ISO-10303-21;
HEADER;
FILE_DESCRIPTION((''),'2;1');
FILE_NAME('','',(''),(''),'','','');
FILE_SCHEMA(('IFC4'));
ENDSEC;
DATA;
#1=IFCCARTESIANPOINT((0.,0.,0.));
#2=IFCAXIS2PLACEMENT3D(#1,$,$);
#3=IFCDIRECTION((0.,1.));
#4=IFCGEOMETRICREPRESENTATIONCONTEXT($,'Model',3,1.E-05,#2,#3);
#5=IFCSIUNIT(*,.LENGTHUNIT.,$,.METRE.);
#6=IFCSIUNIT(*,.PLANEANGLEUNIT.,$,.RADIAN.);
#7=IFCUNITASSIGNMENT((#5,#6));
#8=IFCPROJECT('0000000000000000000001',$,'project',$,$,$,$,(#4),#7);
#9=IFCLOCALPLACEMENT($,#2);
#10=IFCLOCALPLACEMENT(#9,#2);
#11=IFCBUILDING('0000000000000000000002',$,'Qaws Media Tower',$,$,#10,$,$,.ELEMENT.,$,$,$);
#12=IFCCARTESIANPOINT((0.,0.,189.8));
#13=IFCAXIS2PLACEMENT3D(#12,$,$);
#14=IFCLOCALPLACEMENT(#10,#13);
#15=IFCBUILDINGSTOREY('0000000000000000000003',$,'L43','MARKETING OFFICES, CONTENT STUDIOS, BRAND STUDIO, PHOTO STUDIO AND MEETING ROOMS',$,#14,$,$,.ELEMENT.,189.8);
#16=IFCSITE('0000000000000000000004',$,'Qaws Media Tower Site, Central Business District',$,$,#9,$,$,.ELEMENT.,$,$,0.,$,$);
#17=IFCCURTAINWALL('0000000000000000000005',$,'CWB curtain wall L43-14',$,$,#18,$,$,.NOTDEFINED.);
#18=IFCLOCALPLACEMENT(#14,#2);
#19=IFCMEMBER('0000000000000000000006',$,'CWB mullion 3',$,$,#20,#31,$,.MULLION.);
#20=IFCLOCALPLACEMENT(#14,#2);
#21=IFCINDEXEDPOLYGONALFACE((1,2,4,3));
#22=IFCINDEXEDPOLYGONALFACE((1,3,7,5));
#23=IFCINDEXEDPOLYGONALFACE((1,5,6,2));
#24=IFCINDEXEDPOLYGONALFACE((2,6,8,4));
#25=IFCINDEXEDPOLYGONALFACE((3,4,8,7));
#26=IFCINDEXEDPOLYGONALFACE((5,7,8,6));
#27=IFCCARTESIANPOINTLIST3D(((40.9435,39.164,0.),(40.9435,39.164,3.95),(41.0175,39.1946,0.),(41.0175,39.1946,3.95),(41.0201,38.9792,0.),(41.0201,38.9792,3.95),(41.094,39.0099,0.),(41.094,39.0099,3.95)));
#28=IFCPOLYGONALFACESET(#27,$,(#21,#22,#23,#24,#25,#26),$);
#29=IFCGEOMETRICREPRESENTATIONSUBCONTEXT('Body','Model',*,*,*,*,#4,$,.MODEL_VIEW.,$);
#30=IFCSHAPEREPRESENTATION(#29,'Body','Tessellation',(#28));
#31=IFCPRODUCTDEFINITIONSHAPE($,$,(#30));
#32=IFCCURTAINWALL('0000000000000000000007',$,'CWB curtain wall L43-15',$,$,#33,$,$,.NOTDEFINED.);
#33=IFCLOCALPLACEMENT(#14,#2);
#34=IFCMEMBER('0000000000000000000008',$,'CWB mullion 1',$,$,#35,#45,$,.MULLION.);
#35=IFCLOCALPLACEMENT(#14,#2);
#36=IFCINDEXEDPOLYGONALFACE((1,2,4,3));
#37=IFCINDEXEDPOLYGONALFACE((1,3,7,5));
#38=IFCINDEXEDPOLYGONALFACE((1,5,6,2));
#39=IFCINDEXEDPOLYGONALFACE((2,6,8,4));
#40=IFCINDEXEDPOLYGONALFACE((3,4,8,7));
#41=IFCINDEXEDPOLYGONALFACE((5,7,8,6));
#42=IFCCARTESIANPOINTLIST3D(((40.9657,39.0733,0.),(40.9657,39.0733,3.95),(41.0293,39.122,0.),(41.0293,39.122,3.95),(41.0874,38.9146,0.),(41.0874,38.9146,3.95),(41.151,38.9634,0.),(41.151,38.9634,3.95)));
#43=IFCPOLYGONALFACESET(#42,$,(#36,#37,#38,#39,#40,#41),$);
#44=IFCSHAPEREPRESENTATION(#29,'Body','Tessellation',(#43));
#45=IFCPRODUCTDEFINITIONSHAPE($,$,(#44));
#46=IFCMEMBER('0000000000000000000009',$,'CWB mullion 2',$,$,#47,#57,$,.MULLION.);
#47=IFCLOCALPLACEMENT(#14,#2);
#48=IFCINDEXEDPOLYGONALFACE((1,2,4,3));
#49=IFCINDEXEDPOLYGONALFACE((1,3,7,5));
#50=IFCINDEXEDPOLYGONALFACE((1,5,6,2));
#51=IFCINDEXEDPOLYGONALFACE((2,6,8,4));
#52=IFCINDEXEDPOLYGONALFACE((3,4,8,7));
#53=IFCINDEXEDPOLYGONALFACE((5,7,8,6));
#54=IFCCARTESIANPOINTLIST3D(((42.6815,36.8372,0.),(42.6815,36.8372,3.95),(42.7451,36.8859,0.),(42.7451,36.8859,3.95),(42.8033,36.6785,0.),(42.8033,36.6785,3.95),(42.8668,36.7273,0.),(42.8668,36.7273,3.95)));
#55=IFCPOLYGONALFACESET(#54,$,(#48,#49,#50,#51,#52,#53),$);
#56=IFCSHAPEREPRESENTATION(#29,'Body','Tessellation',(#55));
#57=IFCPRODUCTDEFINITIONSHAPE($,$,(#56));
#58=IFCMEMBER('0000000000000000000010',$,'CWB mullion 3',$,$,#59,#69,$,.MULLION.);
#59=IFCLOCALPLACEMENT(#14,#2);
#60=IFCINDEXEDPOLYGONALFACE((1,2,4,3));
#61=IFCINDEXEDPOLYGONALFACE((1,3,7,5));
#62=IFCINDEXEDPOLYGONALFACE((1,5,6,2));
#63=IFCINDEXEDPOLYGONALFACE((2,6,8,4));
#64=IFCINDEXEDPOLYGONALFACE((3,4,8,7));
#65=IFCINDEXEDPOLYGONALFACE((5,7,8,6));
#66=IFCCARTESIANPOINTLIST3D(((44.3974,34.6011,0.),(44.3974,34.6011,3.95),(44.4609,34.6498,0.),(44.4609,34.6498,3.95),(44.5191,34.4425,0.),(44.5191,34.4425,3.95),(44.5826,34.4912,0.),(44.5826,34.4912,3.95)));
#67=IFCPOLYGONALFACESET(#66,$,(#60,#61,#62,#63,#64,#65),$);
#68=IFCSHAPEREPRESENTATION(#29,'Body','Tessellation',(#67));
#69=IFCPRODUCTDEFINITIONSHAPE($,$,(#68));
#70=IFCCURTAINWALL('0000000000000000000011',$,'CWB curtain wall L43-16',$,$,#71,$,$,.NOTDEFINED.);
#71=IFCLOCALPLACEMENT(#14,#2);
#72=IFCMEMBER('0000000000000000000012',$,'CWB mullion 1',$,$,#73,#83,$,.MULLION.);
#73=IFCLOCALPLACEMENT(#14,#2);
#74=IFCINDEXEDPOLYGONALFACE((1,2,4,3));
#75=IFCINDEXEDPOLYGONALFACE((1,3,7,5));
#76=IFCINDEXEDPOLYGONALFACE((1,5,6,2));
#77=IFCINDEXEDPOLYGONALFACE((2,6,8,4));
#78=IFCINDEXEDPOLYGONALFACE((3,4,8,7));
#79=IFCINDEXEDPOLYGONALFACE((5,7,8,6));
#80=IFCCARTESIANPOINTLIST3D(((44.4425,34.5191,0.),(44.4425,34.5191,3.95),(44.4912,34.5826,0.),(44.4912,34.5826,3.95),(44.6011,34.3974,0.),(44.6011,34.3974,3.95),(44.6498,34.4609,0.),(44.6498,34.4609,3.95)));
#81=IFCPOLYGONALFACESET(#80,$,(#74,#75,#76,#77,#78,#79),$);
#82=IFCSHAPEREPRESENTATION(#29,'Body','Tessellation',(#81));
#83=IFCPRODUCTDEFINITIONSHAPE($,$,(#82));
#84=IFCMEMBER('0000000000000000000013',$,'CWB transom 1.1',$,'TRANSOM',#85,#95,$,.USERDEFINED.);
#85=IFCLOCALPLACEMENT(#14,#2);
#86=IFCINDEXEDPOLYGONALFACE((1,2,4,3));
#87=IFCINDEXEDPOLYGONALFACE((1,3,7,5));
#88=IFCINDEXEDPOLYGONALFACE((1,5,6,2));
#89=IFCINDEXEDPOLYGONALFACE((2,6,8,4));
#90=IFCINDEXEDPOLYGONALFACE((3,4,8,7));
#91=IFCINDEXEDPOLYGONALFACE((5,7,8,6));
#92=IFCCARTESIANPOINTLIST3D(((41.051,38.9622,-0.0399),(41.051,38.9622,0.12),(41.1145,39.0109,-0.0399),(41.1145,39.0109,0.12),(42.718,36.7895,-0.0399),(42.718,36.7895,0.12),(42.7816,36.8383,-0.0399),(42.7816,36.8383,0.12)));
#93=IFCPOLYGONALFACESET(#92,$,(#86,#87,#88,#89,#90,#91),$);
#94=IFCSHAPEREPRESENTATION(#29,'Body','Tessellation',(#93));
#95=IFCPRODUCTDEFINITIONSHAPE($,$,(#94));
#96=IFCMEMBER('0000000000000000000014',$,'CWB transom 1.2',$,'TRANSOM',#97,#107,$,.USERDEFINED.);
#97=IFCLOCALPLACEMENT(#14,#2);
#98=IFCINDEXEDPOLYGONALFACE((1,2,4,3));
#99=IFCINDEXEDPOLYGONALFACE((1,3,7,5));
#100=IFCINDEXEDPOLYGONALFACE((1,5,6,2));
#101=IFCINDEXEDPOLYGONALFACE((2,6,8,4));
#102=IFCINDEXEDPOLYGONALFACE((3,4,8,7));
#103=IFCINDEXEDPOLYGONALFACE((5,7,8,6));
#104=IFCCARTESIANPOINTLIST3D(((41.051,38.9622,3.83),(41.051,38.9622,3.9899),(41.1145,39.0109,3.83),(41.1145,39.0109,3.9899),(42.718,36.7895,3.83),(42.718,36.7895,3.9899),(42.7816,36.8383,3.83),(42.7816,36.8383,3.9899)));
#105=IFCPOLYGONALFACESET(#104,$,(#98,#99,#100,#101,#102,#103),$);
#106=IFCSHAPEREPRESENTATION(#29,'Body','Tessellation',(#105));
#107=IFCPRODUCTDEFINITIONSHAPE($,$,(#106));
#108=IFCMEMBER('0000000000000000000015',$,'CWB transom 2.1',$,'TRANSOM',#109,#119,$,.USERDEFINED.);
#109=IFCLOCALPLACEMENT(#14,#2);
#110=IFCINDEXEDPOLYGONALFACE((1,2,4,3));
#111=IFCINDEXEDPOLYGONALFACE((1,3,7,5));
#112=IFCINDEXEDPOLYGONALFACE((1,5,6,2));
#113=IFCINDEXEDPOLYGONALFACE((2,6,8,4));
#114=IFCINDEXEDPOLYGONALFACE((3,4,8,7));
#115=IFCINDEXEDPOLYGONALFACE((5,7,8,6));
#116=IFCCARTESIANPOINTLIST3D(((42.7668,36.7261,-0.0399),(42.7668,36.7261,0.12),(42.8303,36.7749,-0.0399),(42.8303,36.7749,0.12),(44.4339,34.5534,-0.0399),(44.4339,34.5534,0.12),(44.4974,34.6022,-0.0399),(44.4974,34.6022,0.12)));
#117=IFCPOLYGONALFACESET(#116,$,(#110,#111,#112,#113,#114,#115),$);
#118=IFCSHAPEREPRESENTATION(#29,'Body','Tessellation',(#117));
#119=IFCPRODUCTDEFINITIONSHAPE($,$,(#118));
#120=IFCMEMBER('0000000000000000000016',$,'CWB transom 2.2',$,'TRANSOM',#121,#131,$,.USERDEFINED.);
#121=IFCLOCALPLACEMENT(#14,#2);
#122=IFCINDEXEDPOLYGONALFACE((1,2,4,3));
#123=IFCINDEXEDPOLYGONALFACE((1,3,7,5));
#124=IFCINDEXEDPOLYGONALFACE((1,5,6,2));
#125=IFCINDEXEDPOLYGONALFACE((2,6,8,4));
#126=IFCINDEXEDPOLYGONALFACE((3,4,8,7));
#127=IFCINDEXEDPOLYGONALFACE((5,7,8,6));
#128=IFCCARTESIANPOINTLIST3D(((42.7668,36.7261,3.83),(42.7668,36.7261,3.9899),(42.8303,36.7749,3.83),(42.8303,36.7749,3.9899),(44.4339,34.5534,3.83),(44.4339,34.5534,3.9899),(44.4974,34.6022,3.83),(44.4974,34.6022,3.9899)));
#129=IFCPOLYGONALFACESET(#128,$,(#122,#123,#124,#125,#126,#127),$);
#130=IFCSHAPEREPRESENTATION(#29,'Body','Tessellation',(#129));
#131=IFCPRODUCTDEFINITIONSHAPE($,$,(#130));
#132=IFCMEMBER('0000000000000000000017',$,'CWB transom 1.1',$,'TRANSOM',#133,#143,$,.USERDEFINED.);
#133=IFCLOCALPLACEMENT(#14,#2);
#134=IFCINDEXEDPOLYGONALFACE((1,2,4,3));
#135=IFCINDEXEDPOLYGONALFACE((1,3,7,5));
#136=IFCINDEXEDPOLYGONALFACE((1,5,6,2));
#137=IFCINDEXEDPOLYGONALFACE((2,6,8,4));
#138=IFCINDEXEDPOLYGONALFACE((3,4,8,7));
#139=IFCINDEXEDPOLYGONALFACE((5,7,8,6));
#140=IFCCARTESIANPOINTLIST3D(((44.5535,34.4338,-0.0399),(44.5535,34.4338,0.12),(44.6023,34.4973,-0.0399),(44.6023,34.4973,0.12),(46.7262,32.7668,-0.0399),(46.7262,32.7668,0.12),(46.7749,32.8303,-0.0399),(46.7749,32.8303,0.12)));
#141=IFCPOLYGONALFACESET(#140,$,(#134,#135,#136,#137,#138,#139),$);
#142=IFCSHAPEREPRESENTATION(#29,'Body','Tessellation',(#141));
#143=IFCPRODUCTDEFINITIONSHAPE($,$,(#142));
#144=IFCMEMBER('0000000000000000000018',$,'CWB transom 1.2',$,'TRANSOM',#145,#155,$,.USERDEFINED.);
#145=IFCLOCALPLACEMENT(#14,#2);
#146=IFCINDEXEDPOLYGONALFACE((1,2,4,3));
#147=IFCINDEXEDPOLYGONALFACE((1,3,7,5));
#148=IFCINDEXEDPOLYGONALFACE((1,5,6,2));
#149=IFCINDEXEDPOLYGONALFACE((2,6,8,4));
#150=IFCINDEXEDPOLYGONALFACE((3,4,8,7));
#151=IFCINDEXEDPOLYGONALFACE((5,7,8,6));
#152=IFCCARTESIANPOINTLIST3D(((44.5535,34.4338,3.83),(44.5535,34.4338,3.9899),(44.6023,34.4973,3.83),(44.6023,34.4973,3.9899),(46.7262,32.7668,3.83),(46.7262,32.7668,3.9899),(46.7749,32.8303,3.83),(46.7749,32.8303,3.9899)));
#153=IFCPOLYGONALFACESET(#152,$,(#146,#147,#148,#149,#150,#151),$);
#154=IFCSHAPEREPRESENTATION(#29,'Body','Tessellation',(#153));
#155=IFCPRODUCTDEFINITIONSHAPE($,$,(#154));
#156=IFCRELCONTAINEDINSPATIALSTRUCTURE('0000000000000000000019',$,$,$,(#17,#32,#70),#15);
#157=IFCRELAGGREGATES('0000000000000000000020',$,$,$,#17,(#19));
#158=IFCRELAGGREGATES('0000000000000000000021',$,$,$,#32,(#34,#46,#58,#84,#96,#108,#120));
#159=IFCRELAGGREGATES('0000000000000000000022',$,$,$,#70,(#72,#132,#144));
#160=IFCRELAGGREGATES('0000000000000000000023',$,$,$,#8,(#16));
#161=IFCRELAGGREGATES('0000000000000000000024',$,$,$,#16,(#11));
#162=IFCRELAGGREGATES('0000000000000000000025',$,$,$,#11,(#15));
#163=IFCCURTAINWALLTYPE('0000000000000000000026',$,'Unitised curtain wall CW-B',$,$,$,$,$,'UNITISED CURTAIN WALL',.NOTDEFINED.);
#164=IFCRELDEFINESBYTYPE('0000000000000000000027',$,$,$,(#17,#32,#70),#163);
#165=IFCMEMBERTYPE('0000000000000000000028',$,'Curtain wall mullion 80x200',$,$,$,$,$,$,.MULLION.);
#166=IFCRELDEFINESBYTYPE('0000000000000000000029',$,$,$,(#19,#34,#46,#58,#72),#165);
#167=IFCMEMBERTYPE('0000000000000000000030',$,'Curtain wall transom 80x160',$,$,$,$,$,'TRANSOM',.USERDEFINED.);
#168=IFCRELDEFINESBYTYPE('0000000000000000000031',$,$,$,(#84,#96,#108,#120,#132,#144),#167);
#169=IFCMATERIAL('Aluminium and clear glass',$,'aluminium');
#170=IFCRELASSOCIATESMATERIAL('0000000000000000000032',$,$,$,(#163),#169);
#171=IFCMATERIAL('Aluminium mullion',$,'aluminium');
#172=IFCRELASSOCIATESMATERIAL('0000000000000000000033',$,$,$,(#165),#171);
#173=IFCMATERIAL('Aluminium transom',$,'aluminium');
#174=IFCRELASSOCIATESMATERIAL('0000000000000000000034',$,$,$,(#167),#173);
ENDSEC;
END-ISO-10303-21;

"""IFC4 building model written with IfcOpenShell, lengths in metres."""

from ifc_helpers import new_model, si_unit, direction, frame, origin, origin_2d, place, context, subcontext, project, spatial, rectangle, extrude, material, material_profile, profile_set, type_object, element, aggregate, save


model = new_model("IFC4")

# Units and contexts
model_context = context("Model", 3, precision=1e-05, world=origin(), true_north=direction((0.0, 1.0)))
body_context = subcontext(model_context, "Body", "Model", "MODEL_VIEW")
ifc_project = project(units=[si_unit("LENGTHUNIT", "METRE"), si_unit("PLANEANGLEUNIT", "RADIAN")], contexts=[model_context])

# Site, building, storey
site_placement = place(None, origin())
site = spatial("IfcSite", under=ifc_project, at=site_placement, Name="Qaws Media Tower Site, Central Business District", CompositionType="ELEMENT", RefElevation=0.0)
building_placement = place(site_placement, origin())
building = spatial("IfcBuilding", under=site, at=building_placement, Name="Qaws Media Tower", CompositionType="ELEMENT")
storey_placement = place(building_placement, frame((0.0, 0.0, 189.8)))
storey = spatial("IfcBuildingStorey", under=building, at=storey_placement, Name="L43", Description="MARKETING OFFICES, CONTENT STUDIOS, BRAND STUDIO, PHOTO STUDIO AND MEETING ROOMS", CompositionType="ELEMENT", Elevation=189.8)

# Curtain wall, member
ifc_material_1 = material(Name="Aluminium and clear glass", Category="aluminium")
curtain_wall_type = type_object("IfcCurtainWallType", Name="Unitised curtain wall CW-B", ElementType="UNITISED CURTAIN WALL", PredefinedType="NOTDEFINED", material=ifc_material_1)
curtain_wall_1_placement = place(storey_placement, origin())
curtain_wall_1 = element("IfcCurtainWall", 1, at=curtain_wall_1_placement, inside=storey, type_object=curtain_wall_type, Name="CWB curtain wall L43-14", PredefinedType="NOTDEFINED")
ifc_material_2 = material(Name="Aluminium mullion", Category="aluminium")
ifc_material_profile_1 = material_profile(ifc_material_2, rectangle(XDim=0.0801, YDim=0.2, at=origin_2d()), Name="80x200")
ifc_profile_set_1 = profile_set([ifc_material_profile_1], Name="Aluminium mullion")
member_type_1 = type_object("IfcMemberType", Name="Curtain wall mullion 80x200", PredefinedType="MULLION", material=ifc_profile_set_1)
member_1_placement = place(storey_placement, frame((41.0188, 39.0869, 0.0), z_axis=(0.0, 0.0, 1.0), x_axis=(0.923879, 0.382684, 0.0)))
member_1 = element("IfcMember", 2, at=member_1_placement, type_object=member_type_1, Name="CWB mullion 3", PredefinedType="MULLION", context=body_context, shape_type="SweptSolid", body=[
    extrude(rectangle(XDim=0.0801, YDim=0.2, at=origin_2d()), origin(), (0.0, 0.0, 1.0), 3.95),
])
aggregate(curtain_wall_1, [member_1])

# Curtain wall, members
curtain_wall_2_placement = place(storey_placement, origin())
curtain_wall_2 = element("IfcCurtainWall", 3, at=curtain_wall_2_placement, inside=storey, type_object=curtain_wall_type, Name="CWB curtain wall L43-15", PredefinedType="NOTDEFINED")
member_2_placement = place(storey_placement, frame((41.0583, 39.0183, 0.0), z_axis=(0.0, 0.0, 1.0), x_axis=(0.793353, 0.608761, 0.0)))
member_2 = element("IfcMember", 4, at=member_2_placement, type_object=member_type_1, Name="CWB mullion 1", PredefinedType="MULLION", context=body_context, shape_type="SweptSolid", body=[
    extrude(rectangle(XDim=0.0801, YDim=0.2, at=origin_2d()), origin(), (0.0, 0.0, 1.0), 3.95),
])
member_3_placement = place(storey_placement, frame((42.7742, 36.7822, 0.0), z_axis=(0.0, 0.0, 1.0), x_axis=(0.793353, 0.608761, 0.0)))
member_3 = element("IfcMember", 5, at=member_3_placement, type_object=member_type_1, Name="CWB mullion 2", PredefinedType="MULLION", context=body_context, shape_type="SweptSolid", body=[
    extrude(rectangle(XDim=0.0801, YDim=0.2, at=origin_2d()), origin(), (0.0, 0.0, 1.0), 3.95),
])
member_4_placement = place(storey_placement, frame((44.49, 34.5461, 0.0), z_axis=(0.0, 0.0, 1.0), x_axis=(0.793353, 0.608761, 0.0)))
member_4 = element("IfcMember", 6, at=member_4_placement, type_object=member_type_1, Name="CWB mullion 3", PredefinedType="MULLION", context=body_context, shape_type="SweptSolid", body=[
    extrude(rectangle(XDim=0.0801, YDim=0.2, at=origin_2d()), origin(), (0.0, 0.0, 1.0), 3.95),
])

# Curtain wall, member
curtain_wall_3_placement = place(storey_placement, origin())
curtain_wall_3 = element("IfcCurtainWall", 7, at=curtain_wall_3_placement, inside=storey, type_object=curtain_wall_type, Name="CWB curtain wall L43-16", PredefinedType="NOTDEFINED")
member_5_placement = place(storey_placement, frame((44.5461, 34.49, 0.0), z_axis=(0.0, 0.0, 1.0), x_axis=(0.608761, 0.793353, 0.0)))
member_5 = element("IfcMember", 8, at=member_5_placement, type_object=member_type_1, Name="CWB mullion 1", PredefinedType="MULLION", context=body_context, shape_type="SweptSolid", body=[
    extrude(rectangle(XDim=0.0801, YDim=0.2, at=origin_2d()), origin(), (0.0, 0.0, 1.0), 3.95),
])

# Members
ifc_material_3 = material(Name="Aluminium transom", Category="aluminium")
ifc_material_profile_2 = material_profile(ifc_material_3, rectangle(XDim=0.0801, YDim=0.1599, at=origin_2d()), Name="80x160")
ifc_profile_set_2 = profile_set([ifc_material_profile_2], Name="Aluminium transom")
member_type_2 = type_object("IfcMemberType", Name="Curtain wall transom 80x160", ElementType="TRANSOM", PredefinedType="USERDEFINED", material=ifc_profile_set_2)
member_6_placement = place(storey_placement, frame((41.0828, 38.9866, 0.04), z_axis=(0.608737, -0.793372, 0.0), x_axis=(0.793372, 0.608737, 0.0)))
member_6 = element("IfcMember", 9, at=member_6_placement, type_object=member_type_2, Name="CWB transom 1.1", ObjectType="TRANSOM", PredefinedType="USERDEFINED", context=body_context, shape_type="SweptSolid", body=[
    extrude(rectangle(XDim=0.0801, YDim=0.1599, at=origin_2d()), origin(), (0.0, 0.0, 1.0), 2.7385),
])
member_7_placement = place(storey_placement, frame((41.0828, 38.9866, 3.9099), z_axis=(0.608737, -0.793372, 0.0), x_axis=(0.793372, 0.608737, 0.0)))
member_7 = element("IfcMember", 10, at=member_7_placement, type_object=member_type_2, Name="CWB transom 1.2", ObjectType="TRANSOM", PredefinedType="USERDEFINED", context=body_context, shape_type="SweptSolid", body=[
    extrude(rectangle(XDim=0.0801, YDim=0.1599, at=origin_2d()), origin(), (0.0, 0.0, 1.0), 2.7385),
])
member_8_placement = place(storey_placement, frame((42.7986, 36.7505, 0.04), z_axis=(0.608737, -0.793372, 0.0), x_axis=(0.793372, 0.608737, 0.0)))
member_8 = element("IfcMember", 11, at=member_8_placement, type_object=member_type_2, Name="CWB transom 2.1", ObjectType="TRANSOM", PredefinedType="USERDEFINED", context=body_context, shape_type="SweptSolid", body=[
    extrude(rectangle(XDim=0.0801, YDim=0.1599, at=origin_2d()), origin(), (0.0, 0.0, 1.0), 2.7385),
])
member_9_placement = place(storey_placement, frame((42.7986, 36.7505, 3.9099), z_axis=(0.608737, -0.793372, 0.0), x_axis=(0.793372, 0.608737, 0.0)))
member_9 = element("IfcMember", 12, at=member_9_placement, type_object=member_type_2, Name="CWB transom 2.2", ObjectType="TRANSOM", PredefinedType="USERDEFINED", context=body_context, shape_type="SweptSolid", body=[
    extrude(rectangle(XDim=0.0801, YDim=0.1599, at=origin_2d()), origin(), (0.0, 0.0, 1.0), 2.7385),
])
member_10_placement = place(storey_placement, frame((44.5779, 34.4656, 0.04), z_axis=(0.793372, -0.608737, 0.0), x_axis=(0.608737, 0.793372, 0.0)))
member_10 = element("IfcMember", 13, at=member_10_placement, type_object=member_type_2, Name="CWB transom 1.1", ObjectType="TRANSOM", PredefinedType="USERDEFINED", context=body_context, shape_type="SweptSolid", body=[
    extrude(rectangle(XDim=0.0801, YDim=0.1599, at=origin_2d()), origin(), (0.0, 0.0, 1.0), 2.7385),
])
member_11_placement = place(storey_placement, frame((44.5779, 34.4656, 3.9099), z_axis=(0.793372, -0.608737, 0.0), x_axis=(0.608737, 0.793372, 0.0)))
member_11 = element("IfcMember", 14, at=member_11_placement, type_object=member_type_2, Name="CWB transom 1.2", ObjectType="TRANSOM", PredefinedType="USERDEFINED", context=body_context, shape_type="SweptSolid", body=[
    extrude(rectangle(XDim=0.0801, YDim=0.1599, at=origin_2d()), origin(), (0.0, 0.0, 1.0), 2.7385),
])

aggregate(curtain_wall_2, [member_2, member_3, member_4, member_6, member_7, member_8, member_9])
aggregate(curtain_wall_3, [member_5, member_10, member_11])

save(model, "model.ifc")
